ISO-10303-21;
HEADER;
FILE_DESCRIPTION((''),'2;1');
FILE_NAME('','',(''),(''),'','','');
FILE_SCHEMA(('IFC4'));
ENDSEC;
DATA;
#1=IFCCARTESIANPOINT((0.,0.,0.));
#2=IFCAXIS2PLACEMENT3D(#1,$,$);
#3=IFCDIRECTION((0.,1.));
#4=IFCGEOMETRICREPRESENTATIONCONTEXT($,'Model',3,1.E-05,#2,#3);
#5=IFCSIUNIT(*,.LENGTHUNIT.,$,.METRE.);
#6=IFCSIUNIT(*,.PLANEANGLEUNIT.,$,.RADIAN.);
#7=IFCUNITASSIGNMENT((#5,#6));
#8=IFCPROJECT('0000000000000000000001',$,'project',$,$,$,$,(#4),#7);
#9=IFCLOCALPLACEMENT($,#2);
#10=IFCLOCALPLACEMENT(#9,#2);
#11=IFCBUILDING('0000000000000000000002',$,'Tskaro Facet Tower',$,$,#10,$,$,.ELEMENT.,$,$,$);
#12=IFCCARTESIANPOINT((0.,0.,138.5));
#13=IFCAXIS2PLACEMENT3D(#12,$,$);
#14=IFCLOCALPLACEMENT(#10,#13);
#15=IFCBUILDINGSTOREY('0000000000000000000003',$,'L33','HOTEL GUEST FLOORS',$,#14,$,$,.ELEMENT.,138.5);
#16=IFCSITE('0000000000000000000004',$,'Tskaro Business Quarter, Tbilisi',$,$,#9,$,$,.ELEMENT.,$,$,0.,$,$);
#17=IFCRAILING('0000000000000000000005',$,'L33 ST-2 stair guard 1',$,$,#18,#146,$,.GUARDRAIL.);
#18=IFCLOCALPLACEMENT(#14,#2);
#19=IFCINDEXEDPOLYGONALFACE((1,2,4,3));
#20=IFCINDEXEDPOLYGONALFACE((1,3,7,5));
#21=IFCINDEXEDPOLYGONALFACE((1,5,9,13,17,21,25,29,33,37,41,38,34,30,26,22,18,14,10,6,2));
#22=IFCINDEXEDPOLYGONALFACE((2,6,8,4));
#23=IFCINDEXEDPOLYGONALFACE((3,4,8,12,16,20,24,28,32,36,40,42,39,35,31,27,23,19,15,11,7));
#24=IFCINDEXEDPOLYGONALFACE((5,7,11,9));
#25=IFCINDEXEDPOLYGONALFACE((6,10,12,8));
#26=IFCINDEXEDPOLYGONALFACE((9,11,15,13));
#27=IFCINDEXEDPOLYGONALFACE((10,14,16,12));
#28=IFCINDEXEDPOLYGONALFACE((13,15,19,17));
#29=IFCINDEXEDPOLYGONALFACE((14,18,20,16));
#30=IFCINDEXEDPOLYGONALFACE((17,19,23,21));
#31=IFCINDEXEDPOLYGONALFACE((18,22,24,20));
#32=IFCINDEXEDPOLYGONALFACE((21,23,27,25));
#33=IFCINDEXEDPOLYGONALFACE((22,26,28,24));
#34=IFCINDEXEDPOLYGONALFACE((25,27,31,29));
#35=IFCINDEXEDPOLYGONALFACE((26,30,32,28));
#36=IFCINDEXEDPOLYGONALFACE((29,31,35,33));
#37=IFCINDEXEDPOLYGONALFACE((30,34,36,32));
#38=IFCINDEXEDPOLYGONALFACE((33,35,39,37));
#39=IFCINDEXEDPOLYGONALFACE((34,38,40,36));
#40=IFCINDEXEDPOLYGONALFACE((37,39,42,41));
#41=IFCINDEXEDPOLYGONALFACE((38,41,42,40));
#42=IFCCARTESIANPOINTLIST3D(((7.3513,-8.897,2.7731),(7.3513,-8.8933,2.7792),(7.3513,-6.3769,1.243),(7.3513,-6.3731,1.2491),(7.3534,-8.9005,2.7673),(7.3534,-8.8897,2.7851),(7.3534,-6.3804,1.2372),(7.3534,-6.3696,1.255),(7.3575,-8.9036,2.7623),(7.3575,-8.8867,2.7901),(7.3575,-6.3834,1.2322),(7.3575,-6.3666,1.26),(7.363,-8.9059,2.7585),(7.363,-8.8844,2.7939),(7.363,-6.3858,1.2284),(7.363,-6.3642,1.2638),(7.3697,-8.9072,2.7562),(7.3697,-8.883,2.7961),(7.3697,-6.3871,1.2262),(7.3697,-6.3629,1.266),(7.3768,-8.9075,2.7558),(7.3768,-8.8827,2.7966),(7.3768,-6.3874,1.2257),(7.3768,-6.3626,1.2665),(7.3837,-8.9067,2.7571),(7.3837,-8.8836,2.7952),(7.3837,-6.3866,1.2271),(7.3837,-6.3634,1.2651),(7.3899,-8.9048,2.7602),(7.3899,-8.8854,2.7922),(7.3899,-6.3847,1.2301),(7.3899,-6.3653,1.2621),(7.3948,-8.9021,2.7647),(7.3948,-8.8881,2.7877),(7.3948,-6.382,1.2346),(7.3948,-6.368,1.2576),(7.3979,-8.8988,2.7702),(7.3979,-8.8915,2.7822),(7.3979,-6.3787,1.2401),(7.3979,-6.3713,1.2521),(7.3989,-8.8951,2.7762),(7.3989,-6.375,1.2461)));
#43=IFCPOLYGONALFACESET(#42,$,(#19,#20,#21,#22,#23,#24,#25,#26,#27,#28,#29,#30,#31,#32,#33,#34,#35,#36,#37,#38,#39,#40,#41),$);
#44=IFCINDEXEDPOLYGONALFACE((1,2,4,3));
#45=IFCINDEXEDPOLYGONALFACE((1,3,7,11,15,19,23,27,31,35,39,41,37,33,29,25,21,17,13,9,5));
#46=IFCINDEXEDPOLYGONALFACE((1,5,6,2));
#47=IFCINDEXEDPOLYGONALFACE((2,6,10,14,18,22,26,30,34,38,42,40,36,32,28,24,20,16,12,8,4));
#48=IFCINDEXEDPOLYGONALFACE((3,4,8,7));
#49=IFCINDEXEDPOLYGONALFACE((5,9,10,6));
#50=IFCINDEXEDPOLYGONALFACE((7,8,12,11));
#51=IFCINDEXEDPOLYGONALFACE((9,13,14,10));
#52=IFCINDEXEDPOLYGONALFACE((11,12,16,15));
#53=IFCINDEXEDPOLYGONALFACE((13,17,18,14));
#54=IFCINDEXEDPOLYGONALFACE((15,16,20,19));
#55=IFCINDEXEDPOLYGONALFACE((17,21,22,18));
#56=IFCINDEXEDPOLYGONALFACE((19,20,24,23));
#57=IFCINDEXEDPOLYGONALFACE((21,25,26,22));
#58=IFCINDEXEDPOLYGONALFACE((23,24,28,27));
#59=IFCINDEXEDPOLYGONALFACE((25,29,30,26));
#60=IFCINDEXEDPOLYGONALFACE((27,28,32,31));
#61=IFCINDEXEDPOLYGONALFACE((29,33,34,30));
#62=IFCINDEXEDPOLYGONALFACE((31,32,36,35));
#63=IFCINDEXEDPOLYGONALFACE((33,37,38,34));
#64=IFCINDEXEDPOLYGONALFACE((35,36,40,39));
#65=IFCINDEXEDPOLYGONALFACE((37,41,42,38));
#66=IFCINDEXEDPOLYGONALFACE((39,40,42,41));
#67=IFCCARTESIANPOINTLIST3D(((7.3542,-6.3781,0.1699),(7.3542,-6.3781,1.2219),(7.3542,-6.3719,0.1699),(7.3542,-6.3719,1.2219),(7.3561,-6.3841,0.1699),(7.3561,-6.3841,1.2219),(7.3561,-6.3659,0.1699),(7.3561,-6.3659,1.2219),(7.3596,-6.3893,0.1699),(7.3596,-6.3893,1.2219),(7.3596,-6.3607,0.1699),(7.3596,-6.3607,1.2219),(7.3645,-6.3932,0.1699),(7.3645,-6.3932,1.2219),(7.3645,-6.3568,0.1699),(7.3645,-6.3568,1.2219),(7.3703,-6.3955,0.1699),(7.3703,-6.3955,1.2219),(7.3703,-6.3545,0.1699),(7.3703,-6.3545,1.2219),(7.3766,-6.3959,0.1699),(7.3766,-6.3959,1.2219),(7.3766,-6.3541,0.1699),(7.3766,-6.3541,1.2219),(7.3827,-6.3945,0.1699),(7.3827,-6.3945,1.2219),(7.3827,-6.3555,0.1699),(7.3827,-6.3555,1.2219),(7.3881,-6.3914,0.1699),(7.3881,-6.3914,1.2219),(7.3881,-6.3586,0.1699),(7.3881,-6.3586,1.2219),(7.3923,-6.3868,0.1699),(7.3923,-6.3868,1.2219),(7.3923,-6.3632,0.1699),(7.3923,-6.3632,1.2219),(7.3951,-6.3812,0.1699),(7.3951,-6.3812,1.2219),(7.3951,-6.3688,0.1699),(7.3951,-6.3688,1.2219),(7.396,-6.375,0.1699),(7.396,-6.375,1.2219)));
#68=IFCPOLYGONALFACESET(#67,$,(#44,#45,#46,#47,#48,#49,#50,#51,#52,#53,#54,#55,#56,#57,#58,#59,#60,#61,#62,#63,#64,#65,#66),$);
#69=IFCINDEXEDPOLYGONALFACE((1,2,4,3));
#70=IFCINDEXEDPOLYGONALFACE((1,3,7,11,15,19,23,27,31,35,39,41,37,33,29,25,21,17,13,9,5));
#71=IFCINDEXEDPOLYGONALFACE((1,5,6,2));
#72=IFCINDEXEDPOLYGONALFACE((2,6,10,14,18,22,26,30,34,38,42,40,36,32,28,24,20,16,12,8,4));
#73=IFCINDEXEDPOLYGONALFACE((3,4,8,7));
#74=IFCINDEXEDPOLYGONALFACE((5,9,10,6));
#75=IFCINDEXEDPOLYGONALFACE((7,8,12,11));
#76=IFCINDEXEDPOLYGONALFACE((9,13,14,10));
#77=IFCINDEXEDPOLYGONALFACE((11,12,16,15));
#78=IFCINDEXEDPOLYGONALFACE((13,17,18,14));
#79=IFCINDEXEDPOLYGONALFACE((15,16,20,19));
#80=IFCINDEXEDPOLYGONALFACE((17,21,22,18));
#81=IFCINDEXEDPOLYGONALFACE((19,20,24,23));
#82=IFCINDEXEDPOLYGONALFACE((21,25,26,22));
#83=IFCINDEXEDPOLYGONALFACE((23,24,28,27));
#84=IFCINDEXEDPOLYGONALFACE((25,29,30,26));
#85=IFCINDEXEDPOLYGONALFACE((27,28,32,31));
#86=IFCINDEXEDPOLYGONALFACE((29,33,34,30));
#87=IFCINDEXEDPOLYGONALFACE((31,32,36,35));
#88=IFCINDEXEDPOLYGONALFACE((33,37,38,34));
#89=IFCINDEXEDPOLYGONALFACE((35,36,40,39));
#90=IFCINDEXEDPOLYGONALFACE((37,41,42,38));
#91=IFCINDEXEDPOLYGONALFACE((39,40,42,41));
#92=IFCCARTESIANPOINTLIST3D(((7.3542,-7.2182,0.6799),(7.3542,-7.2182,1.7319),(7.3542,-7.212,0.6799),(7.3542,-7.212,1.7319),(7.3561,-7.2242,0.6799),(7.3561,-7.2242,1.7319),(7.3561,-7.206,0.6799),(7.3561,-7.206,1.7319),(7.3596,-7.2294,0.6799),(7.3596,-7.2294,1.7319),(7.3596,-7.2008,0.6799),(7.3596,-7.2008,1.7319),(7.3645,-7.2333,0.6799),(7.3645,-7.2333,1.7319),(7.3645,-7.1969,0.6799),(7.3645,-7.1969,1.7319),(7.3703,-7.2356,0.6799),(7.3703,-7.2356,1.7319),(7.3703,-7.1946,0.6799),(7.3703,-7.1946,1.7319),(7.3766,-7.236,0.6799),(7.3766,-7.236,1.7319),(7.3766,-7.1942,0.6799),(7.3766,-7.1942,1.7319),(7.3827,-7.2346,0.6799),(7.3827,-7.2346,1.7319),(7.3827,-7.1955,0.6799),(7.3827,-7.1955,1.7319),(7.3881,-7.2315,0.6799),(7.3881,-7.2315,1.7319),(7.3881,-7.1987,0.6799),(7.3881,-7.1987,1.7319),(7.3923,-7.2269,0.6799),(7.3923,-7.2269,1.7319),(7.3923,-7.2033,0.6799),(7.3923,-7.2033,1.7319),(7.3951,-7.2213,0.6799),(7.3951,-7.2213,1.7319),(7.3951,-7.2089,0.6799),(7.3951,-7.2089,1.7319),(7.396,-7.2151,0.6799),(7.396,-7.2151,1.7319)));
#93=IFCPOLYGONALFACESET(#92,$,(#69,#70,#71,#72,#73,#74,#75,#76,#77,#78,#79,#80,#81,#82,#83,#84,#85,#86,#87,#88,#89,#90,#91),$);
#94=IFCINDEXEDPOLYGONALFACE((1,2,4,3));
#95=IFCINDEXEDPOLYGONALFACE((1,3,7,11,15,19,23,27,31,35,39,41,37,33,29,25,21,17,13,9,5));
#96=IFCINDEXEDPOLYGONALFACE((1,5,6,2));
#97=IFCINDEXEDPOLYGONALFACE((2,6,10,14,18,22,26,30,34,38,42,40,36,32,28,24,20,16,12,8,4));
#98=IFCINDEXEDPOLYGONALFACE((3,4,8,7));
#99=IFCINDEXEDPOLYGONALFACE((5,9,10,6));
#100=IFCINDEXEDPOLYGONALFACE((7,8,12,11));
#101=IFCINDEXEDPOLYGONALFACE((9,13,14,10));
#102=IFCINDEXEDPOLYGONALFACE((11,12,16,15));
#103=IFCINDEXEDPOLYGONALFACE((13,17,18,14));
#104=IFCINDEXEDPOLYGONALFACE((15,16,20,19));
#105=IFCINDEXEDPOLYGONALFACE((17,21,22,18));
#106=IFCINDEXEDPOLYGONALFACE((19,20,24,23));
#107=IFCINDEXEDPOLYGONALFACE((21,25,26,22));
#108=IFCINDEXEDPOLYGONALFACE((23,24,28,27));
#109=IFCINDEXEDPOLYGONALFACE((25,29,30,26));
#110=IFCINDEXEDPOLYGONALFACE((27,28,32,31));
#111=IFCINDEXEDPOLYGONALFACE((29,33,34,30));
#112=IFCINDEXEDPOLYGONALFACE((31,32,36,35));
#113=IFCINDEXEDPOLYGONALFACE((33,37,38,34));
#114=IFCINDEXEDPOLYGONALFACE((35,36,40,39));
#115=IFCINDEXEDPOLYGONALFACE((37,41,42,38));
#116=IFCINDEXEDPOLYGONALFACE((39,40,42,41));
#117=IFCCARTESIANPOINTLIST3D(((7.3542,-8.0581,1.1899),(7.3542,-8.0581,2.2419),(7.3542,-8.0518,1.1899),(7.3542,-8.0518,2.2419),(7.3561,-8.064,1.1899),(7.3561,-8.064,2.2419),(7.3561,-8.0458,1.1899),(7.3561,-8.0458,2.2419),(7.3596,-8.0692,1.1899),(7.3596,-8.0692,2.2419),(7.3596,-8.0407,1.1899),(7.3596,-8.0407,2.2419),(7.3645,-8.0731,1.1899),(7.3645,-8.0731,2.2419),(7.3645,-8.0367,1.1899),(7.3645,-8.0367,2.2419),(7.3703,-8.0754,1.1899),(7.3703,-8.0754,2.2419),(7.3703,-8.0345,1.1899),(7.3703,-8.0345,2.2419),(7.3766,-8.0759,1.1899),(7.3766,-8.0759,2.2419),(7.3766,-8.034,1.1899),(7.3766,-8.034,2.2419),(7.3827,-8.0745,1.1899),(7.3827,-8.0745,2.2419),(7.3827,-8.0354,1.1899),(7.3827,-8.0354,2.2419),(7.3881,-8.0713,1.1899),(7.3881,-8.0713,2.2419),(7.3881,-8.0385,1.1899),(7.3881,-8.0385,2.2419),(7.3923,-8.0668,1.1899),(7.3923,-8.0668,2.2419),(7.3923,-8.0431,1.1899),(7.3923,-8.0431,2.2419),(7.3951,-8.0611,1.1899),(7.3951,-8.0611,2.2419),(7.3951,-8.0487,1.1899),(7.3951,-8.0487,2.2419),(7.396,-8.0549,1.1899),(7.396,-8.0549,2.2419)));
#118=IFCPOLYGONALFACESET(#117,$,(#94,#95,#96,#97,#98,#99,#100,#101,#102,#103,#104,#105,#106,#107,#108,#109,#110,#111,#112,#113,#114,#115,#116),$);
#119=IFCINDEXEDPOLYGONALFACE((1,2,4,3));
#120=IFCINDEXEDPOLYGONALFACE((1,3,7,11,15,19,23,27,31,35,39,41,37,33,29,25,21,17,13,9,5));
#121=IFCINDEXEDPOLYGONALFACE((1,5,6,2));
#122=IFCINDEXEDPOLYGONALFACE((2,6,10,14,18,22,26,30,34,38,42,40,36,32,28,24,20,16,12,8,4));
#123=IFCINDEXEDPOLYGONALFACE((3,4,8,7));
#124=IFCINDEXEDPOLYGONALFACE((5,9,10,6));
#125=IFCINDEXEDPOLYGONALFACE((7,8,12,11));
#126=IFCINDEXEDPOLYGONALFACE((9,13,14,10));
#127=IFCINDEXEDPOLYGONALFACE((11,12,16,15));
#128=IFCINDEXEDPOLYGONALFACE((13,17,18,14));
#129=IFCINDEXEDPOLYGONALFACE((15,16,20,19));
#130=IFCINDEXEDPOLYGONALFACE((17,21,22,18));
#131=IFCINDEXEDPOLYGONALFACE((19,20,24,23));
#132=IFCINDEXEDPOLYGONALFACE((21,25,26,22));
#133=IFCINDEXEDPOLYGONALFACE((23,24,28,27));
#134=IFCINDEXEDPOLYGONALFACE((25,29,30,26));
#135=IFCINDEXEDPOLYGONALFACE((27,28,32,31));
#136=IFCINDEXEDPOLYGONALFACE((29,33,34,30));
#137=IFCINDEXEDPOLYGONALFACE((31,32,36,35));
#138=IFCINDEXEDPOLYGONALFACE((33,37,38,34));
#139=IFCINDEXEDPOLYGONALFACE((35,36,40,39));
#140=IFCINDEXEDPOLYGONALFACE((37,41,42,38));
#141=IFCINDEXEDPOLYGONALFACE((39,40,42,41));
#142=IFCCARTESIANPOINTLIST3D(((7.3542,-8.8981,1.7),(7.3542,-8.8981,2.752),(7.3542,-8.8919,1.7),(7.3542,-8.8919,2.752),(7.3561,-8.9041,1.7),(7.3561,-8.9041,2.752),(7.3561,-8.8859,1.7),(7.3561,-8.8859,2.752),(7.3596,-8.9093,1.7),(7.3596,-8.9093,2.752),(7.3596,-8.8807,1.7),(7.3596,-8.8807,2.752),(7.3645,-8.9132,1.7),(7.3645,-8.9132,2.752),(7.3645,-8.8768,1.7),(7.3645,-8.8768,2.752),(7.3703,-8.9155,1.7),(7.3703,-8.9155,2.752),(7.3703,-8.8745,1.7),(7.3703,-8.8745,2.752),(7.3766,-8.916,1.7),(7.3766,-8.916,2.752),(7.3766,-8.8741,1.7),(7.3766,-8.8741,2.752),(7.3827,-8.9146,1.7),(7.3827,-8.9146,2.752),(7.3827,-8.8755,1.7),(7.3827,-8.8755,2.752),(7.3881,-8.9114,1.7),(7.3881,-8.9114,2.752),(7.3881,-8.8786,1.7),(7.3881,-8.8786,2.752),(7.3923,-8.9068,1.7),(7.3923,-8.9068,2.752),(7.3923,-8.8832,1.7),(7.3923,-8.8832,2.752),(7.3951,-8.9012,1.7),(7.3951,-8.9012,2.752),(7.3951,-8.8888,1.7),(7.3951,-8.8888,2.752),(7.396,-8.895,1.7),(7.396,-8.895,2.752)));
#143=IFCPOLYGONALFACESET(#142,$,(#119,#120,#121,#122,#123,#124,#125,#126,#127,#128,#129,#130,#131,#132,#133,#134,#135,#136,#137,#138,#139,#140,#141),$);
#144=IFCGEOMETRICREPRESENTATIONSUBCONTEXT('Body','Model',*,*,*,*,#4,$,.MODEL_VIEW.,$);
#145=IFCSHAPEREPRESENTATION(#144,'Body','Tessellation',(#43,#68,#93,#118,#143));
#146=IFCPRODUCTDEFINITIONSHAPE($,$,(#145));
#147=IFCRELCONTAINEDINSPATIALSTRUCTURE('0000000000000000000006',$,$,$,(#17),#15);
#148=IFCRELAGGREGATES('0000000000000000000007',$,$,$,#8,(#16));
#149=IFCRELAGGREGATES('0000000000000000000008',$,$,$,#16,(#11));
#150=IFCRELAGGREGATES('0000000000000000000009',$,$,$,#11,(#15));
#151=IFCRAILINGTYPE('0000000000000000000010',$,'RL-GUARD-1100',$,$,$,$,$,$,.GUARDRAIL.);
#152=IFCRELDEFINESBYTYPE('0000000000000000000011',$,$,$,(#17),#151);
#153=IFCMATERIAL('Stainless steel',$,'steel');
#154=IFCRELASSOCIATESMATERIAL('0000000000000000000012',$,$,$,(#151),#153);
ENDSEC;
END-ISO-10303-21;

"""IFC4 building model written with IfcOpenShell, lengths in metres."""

from ifc_helpers import new_model, si_unit, direction, frame, origin, origin_2d, place, context, subcontext, project, spatial, circle, extrude, material, type_object, element, save


model = new_model("IFC4")

# Units and contexts
model_context = context("Model", 3, precision=1e-05, world=origin(), true_north=direction((0.0, 1.0)))
body_context = subcontext(model_context, "Body", "Model", "MODEL_VIEW")
ifc_project = project(units=[si_unit("LENGTHUNIT", "METRE"), si_unit("PLANEANGLEUNIT", "RADIAN")], contexts=[model_context])

# Site, building, storey
site_placement = place(None, origin())
site = spatial("IfcSite", under=ifc_project, at=site_placement, Name="Tskaro Business Quarter, Tbilisi", CompositionType="ELEMENT", RefElevation=0.0)
building_placement = place(site_placement, origin())
building = spatial("IfcBuilding", under=site, at=building_placement, Name="Tskaro Facet Tower", CompositionType="ELEMENT")
storey_placement = place(building_placement, frame((0.0, 0.0, 138.5)))
storey = spatial("IfcBuildingStorey", under=building, at=storey_placement, Name="L33", Description="HOTEL GUEST FLOORS", CompositionType="ELEMENT", Elevation=138.5)

# Railing
ifc_material_1 = material(Name="Stainless steel", Category="steel")
railing_type_1 = type_object("IfcRailingType", Name="RL-GUARD-1100", PredefinedType="GUARDRAIL", material=ifc_material_1)
railing_1_placement = place(storey_placement, frame((7.375, -6.375, 0.1699)))
element("IfcRailing", 1, at=railing_1_placement, inside=storey, type_object=railing_type_1, Name="L33 ST-2 stair guard 1", PredefinedType="GUARDRAIL", context=body_context, shape_type="SweptSolid", body=[
    extrude(circle(Radius=0.0239, at=origin_2d()), frame((0.0, 0.0, 1.0762), z_axis=(0.0, -0.854785, 0.518982), x_axis=(1.0, 0.0, 0.0)), (0.0, 0.0, 1.0), 2.9482),
    extrude(circle(Radius=0.021, at=origin_2d()), origin(), (0.0, 0.0, 1.0), 1.052),
    extrude(circle(Radius=0.021, at=origin_2d()), frame((0.0, -0.8401, 0.51)), (0.0, 0.0, 1.0), 1.052),
    extrude(circle(Radius=0.021, at=origin_2d()), frame((0.0, -1.6799, 1.02)), (0.0, 0.0, 1.0), 1.052),
    extrude(circle(Radius=0.021, at=origin_2d()), frame((0.0, -2.52, 1.53)), (0.0, 0.0, 1.0), 1.052),
])

save(model, "model.ifc")
